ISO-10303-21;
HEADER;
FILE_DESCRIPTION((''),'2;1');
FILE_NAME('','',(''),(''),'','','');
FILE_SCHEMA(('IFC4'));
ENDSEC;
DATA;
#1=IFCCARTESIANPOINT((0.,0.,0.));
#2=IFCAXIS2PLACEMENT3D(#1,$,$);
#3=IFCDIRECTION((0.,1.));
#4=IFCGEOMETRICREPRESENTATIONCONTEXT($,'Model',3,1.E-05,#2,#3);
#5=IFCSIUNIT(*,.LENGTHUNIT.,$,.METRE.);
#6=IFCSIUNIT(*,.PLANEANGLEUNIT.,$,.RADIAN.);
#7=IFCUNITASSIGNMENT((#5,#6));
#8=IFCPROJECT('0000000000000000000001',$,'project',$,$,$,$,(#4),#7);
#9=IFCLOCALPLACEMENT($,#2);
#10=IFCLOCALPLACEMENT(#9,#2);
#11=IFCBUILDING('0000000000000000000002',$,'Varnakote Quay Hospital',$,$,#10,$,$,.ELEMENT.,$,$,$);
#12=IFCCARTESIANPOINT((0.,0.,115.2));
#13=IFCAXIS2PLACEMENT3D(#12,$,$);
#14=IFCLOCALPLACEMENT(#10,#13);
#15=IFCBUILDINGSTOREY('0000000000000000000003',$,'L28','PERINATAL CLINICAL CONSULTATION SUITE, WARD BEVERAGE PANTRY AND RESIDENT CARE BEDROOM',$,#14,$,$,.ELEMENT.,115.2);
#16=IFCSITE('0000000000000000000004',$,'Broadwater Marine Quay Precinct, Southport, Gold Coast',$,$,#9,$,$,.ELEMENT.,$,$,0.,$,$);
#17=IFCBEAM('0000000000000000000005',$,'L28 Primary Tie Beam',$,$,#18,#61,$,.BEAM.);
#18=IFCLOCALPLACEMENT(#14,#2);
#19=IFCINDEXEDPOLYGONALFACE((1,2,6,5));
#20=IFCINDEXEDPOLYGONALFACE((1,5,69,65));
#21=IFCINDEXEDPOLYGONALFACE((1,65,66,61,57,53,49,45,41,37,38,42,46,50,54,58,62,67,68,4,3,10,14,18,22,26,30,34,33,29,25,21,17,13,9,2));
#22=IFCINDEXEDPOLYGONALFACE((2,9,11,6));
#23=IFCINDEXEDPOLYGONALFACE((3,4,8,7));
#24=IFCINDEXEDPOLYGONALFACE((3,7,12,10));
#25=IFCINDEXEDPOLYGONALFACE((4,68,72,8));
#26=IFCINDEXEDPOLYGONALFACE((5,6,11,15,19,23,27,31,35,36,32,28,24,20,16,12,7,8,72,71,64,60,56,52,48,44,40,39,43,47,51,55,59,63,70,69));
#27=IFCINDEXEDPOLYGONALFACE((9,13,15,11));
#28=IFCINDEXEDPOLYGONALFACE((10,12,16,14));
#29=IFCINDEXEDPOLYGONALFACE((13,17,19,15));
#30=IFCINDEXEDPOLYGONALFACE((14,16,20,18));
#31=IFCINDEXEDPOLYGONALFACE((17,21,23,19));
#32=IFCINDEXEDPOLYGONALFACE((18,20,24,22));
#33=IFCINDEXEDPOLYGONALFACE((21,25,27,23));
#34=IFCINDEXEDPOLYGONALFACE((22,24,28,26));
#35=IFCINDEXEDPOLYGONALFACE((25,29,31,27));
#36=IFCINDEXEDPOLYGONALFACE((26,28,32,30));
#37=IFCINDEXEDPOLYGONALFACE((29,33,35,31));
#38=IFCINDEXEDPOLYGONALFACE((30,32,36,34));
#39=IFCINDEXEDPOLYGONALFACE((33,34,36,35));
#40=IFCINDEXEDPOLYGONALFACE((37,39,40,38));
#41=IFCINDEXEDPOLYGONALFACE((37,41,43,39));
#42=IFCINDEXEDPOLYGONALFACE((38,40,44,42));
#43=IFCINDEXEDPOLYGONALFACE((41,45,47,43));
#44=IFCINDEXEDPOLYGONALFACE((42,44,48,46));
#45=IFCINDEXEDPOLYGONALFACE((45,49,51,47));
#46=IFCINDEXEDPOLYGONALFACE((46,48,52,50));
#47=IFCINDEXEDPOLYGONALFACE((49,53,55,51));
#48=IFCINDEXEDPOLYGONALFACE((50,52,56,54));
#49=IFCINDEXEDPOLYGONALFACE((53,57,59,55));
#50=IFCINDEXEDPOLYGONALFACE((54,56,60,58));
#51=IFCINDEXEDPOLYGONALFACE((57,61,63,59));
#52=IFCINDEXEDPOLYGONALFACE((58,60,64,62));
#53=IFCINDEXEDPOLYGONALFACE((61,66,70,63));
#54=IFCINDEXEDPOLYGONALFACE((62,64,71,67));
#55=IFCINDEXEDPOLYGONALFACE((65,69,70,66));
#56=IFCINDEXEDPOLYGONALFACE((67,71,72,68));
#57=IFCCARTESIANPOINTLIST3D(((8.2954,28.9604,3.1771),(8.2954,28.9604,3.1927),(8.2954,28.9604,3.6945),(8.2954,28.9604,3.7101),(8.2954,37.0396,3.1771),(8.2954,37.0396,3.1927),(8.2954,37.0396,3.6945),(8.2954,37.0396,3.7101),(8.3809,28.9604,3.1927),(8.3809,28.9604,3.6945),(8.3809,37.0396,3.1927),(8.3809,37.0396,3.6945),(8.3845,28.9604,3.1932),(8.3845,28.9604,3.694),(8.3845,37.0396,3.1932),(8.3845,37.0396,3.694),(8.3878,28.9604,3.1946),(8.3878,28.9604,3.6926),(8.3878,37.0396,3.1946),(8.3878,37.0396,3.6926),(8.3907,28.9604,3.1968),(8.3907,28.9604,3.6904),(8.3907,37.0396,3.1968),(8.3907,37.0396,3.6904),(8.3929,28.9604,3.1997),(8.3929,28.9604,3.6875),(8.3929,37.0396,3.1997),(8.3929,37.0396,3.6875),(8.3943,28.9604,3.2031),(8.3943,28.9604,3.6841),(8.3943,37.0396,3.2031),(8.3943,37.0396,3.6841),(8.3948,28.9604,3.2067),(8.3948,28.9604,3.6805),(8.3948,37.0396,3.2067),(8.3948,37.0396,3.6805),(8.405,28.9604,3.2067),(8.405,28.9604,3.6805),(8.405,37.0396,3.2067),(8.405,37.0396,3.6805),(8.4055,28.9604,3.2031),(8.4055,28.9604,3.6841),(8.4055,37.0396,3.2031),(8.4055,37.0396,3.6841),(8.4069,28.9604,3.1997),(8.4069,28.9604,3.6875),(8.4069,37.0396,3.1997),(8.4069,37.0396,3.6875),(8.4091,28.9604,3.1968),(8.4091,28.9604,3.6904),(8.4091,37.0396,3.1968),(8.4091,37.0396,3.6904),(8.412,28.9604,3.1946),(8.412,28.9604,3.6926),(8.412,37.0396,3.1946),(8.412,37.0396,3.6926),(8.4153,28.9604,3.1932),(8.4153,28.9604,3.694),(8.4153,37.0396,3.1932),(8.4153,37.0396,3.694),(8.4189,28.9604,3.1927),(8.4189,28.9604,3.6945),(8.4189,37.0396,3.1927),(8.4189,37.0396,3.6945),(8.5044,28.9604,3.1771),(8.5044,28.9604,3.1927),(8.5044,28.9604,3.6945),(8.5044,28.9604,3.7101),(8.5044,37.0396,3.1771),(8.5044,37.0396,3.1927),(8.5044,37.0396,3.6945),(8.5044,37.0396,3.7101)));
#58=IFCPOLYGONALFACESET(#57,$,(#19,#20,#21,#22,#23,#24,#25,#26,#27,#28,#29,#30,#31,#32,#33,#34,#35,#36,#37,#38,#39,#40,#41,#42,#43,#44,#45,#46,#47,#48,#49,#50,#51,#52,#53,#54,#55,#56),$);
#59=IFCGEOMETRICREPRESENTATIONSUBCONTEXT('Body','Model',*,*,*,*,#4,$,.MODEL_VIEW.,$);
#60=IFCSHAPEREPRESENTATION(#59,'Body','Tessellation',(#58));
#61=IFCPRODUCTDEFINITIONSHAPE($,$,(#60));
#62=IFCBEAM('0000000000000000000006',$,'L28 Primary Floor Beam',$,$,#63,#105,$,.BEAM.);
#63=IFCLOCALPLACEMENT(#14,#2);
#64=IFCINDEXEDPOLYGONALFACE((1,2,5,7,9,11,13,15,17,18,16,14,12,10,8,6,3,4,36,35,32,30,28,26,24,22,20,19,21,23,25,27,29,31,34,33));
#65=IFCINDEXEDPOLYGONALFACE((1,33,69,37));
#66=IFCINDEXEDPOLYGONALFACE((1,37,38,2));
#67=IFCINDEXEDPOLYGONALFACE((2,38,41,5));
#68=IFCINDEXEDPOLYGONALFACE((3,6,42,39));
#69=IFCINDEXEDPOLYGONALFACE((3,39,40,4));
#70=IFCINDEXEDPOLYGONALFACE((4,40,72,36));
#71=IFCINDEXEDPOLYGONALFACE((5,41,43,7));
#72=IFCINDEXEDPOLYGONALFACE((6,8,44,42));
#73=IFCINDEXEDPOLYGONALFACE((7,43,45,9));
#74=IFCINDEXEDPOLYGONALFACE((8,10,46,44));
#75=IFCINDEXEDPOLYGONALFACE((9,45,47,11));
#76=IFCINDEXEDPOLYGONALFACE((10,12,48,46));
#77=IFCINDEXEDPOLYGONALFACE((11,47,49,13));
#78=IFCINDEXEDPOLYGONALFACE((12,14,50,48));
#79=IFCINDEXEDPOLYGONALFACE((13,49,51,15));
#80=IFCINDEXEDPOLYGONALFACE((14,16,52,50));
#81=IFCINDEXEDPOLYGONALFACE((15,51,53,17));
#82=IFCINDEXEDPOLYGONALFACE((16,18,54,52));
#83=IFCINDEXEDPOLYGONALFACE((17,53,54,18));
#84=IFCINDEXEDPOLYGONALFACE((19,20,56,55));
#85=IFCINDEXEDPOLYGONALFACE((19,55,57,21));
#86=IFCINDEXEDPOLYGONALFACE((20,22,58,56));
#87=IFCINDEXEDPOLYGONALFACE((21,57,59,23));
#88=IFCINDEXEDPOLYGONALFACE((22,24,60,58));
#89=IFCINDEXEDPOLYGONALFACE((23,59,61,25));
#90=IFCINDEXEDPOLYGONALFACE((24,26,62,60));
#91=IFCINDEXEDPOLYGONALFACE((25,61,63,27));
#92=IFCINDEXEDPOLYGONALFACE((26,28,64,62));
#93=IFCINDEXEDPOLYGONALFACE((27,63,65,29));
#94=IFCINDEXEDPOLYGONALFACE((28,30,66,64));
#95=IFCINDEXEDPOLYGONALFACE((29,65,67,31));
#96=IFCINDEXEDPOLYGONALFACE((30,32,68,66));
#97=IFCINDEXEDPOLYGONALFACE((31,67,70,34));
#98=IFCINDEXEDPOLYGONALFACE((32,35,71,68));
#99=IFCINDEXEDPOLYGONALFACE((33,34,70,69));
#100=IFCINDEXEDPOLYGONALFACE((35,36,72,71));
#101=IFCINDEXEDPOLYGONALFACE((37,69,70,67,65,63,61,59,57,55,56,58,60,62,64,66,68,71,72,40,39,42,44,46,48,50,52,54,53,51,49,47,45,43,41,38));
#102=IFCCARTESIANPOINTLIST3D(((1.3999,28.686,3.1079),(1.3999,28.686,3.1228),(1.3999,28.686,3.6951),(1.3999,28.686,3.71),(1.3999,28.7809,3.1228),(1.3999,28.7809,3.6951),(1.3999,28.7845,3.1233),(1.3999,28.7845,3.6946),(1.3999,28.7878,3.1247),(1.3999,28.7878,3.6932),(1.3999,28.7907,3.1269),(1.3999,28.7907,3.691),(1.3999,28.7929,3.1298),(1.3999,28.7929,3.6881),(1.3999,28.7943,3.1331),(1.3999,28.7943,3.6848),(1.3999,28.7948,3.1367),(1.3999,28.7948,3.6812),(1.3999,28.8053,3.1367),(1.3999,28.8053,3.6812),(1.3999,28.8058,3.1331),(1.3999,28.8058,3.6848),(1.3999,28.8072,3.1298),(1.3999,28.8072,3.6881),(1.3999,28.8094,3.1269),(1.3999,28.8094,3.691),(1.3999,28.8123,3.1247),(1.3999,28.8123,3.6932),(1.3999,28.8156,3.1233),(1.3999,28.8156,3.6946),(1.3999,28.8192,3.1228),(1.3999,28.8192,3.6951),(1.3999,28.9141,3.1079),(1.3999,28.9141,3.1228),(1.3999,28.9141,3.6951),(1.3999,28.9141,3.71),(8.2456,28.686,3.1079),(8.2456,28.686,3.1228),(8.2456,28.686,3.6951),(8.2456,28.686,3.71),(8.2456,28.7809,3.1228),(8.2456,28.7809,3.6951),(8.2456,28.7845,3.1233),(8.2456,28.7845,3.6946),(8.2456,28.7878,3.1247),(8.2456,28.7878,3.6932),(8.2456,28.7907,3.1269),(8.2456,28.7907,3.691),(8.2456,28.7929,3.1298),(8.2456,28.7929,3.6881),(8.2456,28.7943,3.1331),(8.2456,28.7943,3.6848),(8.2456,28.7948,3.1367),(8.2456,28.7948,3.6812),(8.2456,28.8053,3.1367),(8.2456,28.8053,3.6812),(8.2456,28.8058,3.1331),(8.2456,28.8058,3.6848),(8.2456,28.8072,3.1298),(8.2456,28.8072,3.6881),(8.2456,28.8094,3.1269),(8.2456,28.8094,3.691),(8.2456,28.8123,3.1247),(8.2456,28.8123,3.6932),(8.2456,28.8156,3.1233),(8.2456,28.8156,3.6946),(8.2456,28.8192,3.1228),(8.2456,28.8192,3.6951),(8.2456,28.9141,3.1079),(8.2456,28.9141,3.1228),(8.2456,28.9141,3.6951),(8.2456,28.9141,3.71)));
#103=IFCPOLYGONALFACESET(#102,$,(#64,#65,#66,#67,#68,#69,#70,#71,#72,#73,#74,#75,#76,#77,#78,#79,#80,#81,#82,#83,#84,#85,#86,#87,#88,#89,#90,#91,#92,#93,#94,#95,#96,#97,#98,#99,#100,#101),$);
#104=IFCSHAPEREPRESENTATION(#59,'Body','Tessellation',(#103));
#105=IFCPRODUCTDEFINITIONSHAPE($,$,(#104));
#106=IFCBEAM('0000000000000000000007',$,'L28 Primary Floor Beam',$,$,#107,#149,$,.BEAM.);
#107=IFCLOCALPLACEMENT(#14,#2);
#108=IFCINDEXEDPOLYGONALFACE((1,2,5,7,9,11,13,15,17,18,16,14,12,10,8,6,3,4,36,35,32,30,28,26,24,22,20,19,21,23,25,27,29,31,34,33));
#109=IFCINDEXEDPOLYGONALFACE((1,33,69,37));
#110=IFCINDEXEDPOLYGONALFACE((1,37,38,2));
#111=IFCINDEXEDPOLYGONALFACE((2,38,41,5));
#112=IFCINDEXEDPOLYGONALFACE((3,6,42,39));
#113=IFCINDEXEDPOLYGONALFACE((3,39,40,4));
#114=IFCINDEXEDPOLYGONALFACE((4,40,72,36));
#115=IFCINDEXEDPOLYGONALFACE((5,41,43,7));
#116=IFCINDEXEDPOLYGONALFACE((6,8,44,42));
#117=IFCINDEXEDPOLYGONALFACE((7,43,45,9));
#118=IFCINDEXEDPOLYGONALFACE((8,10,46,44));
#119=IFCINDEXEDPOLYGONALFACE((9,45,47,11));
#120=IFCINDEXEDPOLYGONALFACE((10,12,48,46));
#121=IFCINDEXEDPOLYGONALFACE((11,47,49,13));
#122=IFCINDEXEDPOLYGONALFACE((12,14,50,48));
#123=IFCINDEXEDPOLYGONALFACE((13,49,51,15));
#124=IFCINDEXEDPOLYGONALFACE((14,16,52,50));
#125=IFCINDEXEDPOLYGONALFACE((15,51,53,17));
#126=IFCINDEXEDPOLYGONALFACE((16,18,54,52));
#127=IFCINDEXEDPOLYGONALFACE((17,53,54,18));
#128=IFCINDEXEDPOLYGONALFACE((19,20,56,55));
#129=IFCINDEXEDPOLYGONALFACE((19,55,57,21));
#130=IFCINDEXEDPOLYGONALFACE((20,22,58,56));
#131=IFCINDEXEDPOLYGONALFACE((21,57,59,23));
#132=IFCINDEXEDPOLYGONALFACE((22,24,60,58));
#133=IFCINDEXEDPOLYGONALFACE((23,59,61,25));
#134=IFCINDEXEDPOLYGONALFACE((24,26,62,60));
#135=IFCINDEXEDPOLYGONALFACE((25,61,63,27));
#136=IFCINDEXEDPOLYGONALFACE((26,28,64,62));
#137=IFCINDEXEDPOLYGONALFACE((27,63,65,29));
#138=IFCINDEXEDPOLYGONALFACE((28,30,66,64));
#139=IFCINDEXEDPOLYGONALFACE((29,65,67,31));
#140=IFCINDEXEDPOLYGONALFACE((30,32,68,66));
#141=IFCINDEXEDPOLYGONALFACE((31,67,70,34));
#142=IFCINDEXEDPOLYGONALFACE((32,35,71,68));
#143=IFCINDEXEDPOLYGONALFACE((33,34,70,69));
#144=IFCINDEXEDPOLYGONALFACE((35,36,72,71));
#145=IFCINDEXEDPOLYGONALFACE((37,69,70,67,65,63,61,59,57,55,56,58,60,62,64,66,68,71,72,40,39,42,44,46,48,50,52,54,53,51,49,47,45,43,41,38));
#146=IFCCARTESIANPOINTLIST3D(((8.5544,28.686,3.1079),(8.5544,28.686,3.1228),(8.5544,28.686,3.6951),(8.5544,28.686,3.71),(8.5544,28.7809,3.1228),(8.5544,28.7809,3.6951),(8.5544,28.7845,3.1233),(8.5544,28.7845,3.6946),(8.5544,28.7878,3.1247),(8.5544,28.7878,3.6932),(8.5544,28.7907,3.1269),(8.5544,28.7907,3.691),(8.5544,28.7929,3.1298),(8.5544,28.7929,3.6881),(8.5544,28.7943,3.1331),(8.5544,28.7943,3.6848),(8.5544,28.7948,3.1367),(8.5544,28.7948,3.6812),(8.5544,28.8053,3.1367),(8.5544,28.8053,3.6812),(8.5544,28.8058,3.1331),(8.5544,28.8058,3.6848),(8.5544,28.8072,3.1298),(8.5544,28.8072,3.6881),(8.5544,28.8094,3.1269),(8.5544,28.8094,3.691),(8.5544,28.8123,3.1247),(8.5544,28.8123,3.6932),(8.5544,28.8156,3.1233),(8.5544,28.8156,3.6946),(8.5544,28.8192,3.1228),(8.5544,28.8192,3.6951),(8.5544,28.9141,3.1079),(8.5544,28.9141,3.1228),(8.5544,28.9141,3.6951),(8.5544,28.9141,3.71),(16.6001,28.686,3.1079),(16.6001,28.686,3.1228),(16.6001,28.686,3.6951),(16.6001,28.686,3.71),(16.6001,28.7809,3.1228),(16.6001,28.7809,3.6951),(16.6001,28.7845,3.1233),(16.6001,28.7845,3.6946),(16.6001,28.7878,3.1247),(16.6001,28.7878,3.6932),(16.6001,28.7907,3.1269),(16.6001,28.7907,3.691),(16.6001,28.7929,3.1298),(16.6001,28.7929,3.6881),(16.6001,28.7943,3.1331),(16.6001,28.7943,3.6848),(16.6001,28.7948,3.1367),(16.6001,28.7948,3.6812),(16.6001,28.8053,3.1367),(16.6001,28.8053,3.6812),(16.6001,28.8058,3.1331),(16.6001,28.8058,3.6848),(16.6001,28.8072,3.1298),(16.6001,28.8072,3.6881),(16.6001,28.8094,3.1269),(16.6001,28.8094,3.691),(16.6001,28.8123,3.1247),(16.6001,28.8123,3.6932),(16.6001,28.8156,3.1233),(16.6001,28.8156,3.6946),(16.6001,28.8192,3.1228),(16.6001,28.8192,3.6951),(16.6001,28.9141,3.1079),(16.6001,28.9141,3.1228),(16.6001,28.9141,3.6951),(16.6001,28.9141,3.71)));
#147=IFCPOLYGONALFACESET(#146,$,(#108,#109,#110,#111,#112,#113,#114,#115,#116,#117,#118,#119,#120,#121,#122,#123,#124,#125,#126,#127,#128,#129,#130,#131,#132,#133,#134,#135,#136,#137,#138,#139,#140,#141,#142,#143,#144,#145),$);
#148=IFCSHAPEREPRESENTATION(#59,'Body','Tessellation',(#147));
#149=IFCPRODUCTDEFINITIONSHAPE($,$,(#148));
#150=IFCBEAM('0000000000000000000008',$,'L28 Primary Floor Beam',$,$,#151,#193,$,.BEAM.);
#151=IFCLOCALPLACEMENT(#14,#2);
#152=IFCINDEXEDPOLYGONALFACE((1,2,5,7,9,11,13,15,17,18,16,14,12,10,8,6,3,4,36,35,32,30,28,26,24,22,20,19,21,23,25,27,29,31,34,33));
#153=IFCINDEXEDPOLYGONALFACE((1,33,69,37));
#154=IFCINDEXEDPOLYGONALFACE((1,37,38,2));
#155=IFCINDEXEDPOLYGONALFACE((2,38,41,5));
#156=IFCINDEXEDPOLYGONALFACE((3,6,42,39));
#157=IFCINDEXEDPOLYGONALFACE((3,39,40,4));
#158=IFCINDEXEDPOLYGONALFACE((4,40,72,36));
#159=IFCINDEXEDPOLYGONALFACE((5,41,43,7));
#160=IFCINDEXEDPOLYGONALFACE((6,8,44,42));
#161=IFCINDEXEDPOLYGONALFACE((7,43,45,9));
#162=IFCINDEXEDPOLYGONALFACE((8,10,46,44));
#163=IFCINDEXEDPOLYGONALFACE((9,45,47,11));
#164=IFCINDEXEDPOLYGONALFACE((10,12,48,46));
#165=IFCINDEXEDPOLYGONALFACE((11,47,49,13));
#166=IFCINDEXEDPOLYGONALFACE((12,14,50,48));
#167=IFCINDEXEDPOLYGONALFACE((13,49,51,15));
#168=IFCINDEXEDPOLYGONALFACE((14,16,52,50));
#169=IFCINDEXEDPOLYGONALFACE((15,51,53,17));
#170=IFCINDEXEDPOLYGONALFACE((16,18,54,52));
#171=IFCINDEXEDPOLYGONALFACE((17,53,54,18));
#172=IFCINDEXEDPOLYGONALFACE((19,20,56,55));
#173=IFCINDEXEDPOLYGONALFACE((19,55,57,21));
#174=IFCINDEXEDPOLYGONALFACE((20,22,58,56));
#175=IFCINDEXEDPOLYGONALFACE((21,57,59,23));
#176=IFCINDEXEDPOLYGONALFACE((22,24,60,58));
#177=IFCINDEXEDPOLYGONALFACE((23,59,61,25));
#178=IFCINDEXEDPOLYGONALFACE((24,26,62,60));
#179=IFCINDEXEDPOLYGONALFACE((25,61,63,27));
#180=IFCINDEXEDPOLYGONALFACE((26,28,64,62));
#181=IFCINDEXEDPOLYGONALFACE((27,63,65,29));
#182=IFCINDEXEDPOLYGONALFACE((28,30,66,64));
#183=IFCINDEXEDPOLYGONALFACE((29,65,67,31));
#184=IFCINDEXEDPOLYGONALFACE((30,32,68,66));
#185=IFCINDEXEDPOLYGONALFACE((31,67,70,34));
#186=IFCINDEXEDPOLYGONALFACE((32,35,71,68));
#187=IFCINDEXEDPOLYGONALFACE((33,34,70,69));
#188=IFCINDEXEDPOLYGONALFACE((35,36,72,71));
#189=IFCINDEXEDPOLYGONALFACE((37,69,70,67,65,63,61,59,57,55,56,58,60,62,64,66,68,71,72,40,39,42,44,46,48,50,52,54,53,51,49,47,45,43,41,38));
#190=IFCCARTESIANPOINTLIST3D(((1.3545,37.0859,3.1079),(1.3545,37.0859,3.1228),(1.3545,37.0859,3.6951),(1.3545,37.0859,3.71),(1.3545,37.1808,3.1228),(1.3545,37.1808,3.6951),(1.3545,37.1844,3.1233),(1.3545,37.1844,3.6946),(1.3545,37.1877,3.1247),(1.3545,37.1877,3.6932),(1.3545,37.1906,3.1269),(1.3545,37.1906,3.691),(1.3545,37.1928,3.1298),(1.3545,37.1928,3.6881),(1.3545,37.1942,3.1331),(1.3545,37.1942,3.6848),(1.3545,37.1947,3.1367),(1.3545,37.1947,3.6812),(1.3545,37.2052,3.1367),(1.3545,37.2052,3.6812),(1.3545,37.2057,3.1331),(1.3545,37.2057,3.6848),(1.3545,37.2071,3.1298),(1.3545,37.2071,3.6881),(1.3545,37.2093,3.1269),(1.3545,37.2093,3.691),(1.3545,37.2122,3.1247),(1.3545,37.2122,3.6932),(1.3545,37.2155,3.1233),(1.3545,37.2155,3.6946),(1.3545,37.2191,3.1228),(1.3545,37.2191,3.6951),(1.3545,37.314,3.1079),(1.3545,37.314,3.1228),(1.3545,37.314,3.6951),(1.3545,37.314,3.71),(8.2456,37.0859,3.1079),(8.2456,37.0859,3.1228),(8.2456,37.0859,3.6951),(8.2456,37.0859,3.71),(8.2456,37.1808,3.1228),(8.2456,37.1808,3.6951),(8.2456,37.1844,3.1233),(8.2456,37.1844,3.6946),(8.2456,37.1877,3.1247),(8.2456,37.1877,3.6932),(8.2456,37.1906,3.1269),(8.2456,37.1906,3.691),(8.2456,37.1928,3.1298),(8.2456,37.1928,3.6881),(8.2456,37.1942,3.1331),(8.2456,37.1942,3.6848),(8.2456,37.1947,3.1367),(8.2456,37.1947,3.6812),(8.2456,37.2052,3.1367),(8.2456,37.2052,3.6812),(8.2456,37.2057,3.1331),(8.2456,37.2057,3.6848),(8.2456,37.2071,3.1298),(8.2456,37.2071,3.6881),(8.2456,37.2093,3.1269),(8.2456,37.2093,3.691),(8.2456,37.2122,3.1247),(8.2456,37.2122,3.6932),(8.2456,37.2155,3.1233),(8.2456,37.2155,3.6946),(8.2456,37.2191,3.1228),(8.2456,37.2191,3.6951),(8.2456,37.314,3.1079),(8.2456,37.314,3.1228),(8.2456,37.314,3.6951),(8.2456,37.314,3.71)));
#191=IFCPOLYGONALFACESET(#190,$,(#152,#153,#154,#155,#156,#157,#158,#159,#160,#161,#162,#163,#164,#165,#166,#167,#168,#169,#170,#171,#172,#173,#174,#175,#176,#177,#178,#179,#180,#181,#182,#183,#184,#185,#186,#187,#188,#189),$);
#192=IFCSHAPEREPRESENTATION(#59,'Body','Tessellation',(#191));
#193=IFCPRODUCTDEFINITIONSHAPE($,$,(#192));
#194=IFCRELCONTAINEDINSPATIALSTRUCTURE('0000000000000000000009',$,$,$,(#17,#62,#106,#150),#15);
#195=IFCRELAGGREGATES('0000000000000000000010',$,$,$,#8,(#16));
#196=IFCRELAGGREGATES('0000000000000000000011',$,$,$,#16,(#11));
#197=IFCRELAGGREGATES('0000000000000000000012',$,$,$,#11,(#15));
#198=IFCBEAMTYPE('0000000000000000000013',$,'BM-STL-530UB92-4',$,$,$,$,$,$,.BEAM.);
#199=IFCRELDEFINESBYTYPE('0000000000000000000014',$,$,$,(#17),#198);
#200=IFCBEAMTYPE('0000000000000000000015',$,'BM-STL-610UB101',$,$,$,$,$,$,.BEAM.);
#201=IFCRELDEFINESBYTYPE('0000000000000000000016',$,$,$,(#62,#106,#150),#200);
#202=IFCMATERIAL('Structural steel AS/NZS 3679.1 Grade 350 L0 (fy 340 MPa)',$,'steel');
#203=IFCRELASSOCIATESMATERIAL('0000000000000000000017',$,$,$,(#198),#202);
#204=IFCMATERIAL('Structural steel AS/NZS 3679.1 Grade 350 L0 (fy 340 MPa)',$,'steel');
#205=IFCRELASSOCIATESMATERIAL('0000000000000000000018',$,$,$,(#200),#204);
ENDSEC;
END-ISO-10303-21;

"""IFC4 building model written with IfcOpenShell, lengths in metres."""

from ifc_helpers import new_model, si_unit, direction, frame, origin, origin_2d, place, context, subcontext, project, spatial, i_section, extrude, material, material_profile, profile_set, type_object, element, save


model = new_model("IFC4")

# Units and contexts
model_context = context("Model", 3, precision=1e-05, world=origin(), true_north=direction((0.0, 1.0)))
body_context = subcontext(model_context, "Body", "Model", "MODEL_VIEW")
ifc_project = project(units=[si_unit("LENGTHUNIT", "METRE"), si_unit("PLANEANGLEUNIT", "RADIAN")], contexts=[model_context])

# Site, building, storey
site_placement = place(None, origin())
site = spatial("IfcSite", under=ifc_project, at=site_placement, Name="Broadwater Marine Quay Precinct, Southport, Gold Coast", CompositionType="ELEMENT", RefElevation=0.0)
building_placement = place(site_placement, origin())
building = spatial("IfcBuilding", under=site, at=building_placement, Name="Varnakote Quay Hospital", CompositionType="ELEMENT")
storey_placement = place(building_placement, frame((0.0, 0.0, 115.2)))
storey = spatial("IfcBuildingStorey", under=building, at=storey_placement, Name="L28", Description="PERINATAL CLINICAL CONSULTATION SUITE, WARD BEVERAGE PANTRY AND RESIDENT CARE BEDROOM", CompositionType="ELEMENT", Elevation=115.2)

# Beams
ifc_material_1 = material(Name="Structural steel AS/NZS 3679.1 Grade 350 L0 (fy 340 MPa)", Category="steel")
ifc_material_profile_1 = material_profile(ifc_material_1, i_section(OverallWidth=0.209, OverallDepth=0.533, WebThickness=0.0103, FlangeThickness=0.0156, FilletRadius=0.0139, at=origin_2d()), Name="530UB92.4")
ifc_profile_set_1 = profile_set([ifc_material_profile_1], Name="Structural steel AS/NZS 3679.1 Grade 350 L0 (fy 340 MPa)")
beam_type_1 = type_object("IfcBeamType", Name="BM-STL-530UB92-4", PredefinedType="BEAM", material=ifc_profile_set_1)
beam_1_placement = place(storey_placement, frame((8.3999, 28.9604, 3.4436), z_axis=(0.0, 1.0, 0.0), x_axis=(-1.0, 0.0, 0.0)))
element("IfcBeam", 1, at=beam_1_placement, inside=storey, type_object=beam_type_1, Name="L28 Primary Tie Beam", PredefinedType="BEAM", context=body_context, shape_type="SweptSolid", body=[
    extrude(i_section(OverallWidth=0.209, OverallDepth=0.533, WebThickness=0.0103, FlangeThickness=0.0156, FilletRadius=0.0139, at=origin_2d()), origin(), (0.0, 0.0, 1.0), 8.0791),
])
ifc_material_2 = material(Name="Structural steel AS/NZS 3679.1 Grade 350 L0 (fy 340 MPa)", Category="steel")
ifc_material_profile_2 = material_profile(ifc_material_2, i_section(OverallWidth=0.228, OverallDepth=0.6021, WebThickness=0.0105, FlangeThickness=0.0149, FilletRadius=0.0139, at=origin_2d()), Name="610UB101")
ifc_profile_set_2 = profile_set([ifc_material_profile_2], Name="Structural steel AS/NZS 3679.1 Grade 350 L0 (fy 340 MPa)")
beam_type_2 = type_object("IfcBeamType", Name="BM-STL-610UB101", PredefinedType="BEAM", material=ifc_profile_set_2)
beam_2_placement = place(storey_placement, frame((1.3999, 28.8, 3.4089), z_axis=(1.0, 0.0, 0.0), x_axis=(0.0, 1.0, 0.0)))
element("IfcBeam", 2, at=beam_2_placement, inside=storey, type_object=beam_type_2, Name="L28 Primary Floor Beam", PredefinedType="BEAM", context=body_context, shape_type="SweptSolid", body=[
    extrude(i_section(OverallWidth=0.228, OverallDepth=0.6021, WebThickness=0.0105, FlangeThickness=0.0149, FilletRadius=0.0139, at=origin_2d()), origin(), (0.0, 0.0, 1.0), 6.8457),
])
beam_3_placement = place(storey_placement, frame((8.5544, 28.8, 3.4089), z_axis=(1.0, 0.0, 0.0), x_axis=(0.0, 1.0, 0.0)))
element("IfcBeam", 3, at=beam_3_placement, inside=storey, type_object=beam_type_2, Name="L28 Primary Floor Beam", PredefinedType="BEAM", context=body_context, shape_type="SweptSolid", body=[
    extrude(i_section(OverallWidth=0.228, OverallDepth=0.6021, WebThickness=0.0105, FlangeThickness=0.0149, FilletRadius=0.0139, at=origin_2d()), origin(), (0.0, 0.0, 1.0), 8.0457),
])
beam_4_placement = place(storey_placement, frame((1.3545, 37.2, 3.4089), z_axis=(1.0, 0.0, 0.0), x_axis=(0.0, 1.0, 0.0)))
element("IfcBeam", 4, at=beam_4_placement, inside=storey, type_object=beam_type_2, Name="L28 Primary Floor Beam", PredefinedType="BEAM", context=body_context, shape_type="SweptSolid", body=[
    extrude(i_section(OverallWidth=0.228, OverallDepth=0.6021, WebThickness=0.0105, FlangeThickness=0.0149, FilletRadius=0.0139, at=origin_2d()), origin(), (0.0, 0.0, 1.0), 6.8911),
])

save(model, "model.ifc")
